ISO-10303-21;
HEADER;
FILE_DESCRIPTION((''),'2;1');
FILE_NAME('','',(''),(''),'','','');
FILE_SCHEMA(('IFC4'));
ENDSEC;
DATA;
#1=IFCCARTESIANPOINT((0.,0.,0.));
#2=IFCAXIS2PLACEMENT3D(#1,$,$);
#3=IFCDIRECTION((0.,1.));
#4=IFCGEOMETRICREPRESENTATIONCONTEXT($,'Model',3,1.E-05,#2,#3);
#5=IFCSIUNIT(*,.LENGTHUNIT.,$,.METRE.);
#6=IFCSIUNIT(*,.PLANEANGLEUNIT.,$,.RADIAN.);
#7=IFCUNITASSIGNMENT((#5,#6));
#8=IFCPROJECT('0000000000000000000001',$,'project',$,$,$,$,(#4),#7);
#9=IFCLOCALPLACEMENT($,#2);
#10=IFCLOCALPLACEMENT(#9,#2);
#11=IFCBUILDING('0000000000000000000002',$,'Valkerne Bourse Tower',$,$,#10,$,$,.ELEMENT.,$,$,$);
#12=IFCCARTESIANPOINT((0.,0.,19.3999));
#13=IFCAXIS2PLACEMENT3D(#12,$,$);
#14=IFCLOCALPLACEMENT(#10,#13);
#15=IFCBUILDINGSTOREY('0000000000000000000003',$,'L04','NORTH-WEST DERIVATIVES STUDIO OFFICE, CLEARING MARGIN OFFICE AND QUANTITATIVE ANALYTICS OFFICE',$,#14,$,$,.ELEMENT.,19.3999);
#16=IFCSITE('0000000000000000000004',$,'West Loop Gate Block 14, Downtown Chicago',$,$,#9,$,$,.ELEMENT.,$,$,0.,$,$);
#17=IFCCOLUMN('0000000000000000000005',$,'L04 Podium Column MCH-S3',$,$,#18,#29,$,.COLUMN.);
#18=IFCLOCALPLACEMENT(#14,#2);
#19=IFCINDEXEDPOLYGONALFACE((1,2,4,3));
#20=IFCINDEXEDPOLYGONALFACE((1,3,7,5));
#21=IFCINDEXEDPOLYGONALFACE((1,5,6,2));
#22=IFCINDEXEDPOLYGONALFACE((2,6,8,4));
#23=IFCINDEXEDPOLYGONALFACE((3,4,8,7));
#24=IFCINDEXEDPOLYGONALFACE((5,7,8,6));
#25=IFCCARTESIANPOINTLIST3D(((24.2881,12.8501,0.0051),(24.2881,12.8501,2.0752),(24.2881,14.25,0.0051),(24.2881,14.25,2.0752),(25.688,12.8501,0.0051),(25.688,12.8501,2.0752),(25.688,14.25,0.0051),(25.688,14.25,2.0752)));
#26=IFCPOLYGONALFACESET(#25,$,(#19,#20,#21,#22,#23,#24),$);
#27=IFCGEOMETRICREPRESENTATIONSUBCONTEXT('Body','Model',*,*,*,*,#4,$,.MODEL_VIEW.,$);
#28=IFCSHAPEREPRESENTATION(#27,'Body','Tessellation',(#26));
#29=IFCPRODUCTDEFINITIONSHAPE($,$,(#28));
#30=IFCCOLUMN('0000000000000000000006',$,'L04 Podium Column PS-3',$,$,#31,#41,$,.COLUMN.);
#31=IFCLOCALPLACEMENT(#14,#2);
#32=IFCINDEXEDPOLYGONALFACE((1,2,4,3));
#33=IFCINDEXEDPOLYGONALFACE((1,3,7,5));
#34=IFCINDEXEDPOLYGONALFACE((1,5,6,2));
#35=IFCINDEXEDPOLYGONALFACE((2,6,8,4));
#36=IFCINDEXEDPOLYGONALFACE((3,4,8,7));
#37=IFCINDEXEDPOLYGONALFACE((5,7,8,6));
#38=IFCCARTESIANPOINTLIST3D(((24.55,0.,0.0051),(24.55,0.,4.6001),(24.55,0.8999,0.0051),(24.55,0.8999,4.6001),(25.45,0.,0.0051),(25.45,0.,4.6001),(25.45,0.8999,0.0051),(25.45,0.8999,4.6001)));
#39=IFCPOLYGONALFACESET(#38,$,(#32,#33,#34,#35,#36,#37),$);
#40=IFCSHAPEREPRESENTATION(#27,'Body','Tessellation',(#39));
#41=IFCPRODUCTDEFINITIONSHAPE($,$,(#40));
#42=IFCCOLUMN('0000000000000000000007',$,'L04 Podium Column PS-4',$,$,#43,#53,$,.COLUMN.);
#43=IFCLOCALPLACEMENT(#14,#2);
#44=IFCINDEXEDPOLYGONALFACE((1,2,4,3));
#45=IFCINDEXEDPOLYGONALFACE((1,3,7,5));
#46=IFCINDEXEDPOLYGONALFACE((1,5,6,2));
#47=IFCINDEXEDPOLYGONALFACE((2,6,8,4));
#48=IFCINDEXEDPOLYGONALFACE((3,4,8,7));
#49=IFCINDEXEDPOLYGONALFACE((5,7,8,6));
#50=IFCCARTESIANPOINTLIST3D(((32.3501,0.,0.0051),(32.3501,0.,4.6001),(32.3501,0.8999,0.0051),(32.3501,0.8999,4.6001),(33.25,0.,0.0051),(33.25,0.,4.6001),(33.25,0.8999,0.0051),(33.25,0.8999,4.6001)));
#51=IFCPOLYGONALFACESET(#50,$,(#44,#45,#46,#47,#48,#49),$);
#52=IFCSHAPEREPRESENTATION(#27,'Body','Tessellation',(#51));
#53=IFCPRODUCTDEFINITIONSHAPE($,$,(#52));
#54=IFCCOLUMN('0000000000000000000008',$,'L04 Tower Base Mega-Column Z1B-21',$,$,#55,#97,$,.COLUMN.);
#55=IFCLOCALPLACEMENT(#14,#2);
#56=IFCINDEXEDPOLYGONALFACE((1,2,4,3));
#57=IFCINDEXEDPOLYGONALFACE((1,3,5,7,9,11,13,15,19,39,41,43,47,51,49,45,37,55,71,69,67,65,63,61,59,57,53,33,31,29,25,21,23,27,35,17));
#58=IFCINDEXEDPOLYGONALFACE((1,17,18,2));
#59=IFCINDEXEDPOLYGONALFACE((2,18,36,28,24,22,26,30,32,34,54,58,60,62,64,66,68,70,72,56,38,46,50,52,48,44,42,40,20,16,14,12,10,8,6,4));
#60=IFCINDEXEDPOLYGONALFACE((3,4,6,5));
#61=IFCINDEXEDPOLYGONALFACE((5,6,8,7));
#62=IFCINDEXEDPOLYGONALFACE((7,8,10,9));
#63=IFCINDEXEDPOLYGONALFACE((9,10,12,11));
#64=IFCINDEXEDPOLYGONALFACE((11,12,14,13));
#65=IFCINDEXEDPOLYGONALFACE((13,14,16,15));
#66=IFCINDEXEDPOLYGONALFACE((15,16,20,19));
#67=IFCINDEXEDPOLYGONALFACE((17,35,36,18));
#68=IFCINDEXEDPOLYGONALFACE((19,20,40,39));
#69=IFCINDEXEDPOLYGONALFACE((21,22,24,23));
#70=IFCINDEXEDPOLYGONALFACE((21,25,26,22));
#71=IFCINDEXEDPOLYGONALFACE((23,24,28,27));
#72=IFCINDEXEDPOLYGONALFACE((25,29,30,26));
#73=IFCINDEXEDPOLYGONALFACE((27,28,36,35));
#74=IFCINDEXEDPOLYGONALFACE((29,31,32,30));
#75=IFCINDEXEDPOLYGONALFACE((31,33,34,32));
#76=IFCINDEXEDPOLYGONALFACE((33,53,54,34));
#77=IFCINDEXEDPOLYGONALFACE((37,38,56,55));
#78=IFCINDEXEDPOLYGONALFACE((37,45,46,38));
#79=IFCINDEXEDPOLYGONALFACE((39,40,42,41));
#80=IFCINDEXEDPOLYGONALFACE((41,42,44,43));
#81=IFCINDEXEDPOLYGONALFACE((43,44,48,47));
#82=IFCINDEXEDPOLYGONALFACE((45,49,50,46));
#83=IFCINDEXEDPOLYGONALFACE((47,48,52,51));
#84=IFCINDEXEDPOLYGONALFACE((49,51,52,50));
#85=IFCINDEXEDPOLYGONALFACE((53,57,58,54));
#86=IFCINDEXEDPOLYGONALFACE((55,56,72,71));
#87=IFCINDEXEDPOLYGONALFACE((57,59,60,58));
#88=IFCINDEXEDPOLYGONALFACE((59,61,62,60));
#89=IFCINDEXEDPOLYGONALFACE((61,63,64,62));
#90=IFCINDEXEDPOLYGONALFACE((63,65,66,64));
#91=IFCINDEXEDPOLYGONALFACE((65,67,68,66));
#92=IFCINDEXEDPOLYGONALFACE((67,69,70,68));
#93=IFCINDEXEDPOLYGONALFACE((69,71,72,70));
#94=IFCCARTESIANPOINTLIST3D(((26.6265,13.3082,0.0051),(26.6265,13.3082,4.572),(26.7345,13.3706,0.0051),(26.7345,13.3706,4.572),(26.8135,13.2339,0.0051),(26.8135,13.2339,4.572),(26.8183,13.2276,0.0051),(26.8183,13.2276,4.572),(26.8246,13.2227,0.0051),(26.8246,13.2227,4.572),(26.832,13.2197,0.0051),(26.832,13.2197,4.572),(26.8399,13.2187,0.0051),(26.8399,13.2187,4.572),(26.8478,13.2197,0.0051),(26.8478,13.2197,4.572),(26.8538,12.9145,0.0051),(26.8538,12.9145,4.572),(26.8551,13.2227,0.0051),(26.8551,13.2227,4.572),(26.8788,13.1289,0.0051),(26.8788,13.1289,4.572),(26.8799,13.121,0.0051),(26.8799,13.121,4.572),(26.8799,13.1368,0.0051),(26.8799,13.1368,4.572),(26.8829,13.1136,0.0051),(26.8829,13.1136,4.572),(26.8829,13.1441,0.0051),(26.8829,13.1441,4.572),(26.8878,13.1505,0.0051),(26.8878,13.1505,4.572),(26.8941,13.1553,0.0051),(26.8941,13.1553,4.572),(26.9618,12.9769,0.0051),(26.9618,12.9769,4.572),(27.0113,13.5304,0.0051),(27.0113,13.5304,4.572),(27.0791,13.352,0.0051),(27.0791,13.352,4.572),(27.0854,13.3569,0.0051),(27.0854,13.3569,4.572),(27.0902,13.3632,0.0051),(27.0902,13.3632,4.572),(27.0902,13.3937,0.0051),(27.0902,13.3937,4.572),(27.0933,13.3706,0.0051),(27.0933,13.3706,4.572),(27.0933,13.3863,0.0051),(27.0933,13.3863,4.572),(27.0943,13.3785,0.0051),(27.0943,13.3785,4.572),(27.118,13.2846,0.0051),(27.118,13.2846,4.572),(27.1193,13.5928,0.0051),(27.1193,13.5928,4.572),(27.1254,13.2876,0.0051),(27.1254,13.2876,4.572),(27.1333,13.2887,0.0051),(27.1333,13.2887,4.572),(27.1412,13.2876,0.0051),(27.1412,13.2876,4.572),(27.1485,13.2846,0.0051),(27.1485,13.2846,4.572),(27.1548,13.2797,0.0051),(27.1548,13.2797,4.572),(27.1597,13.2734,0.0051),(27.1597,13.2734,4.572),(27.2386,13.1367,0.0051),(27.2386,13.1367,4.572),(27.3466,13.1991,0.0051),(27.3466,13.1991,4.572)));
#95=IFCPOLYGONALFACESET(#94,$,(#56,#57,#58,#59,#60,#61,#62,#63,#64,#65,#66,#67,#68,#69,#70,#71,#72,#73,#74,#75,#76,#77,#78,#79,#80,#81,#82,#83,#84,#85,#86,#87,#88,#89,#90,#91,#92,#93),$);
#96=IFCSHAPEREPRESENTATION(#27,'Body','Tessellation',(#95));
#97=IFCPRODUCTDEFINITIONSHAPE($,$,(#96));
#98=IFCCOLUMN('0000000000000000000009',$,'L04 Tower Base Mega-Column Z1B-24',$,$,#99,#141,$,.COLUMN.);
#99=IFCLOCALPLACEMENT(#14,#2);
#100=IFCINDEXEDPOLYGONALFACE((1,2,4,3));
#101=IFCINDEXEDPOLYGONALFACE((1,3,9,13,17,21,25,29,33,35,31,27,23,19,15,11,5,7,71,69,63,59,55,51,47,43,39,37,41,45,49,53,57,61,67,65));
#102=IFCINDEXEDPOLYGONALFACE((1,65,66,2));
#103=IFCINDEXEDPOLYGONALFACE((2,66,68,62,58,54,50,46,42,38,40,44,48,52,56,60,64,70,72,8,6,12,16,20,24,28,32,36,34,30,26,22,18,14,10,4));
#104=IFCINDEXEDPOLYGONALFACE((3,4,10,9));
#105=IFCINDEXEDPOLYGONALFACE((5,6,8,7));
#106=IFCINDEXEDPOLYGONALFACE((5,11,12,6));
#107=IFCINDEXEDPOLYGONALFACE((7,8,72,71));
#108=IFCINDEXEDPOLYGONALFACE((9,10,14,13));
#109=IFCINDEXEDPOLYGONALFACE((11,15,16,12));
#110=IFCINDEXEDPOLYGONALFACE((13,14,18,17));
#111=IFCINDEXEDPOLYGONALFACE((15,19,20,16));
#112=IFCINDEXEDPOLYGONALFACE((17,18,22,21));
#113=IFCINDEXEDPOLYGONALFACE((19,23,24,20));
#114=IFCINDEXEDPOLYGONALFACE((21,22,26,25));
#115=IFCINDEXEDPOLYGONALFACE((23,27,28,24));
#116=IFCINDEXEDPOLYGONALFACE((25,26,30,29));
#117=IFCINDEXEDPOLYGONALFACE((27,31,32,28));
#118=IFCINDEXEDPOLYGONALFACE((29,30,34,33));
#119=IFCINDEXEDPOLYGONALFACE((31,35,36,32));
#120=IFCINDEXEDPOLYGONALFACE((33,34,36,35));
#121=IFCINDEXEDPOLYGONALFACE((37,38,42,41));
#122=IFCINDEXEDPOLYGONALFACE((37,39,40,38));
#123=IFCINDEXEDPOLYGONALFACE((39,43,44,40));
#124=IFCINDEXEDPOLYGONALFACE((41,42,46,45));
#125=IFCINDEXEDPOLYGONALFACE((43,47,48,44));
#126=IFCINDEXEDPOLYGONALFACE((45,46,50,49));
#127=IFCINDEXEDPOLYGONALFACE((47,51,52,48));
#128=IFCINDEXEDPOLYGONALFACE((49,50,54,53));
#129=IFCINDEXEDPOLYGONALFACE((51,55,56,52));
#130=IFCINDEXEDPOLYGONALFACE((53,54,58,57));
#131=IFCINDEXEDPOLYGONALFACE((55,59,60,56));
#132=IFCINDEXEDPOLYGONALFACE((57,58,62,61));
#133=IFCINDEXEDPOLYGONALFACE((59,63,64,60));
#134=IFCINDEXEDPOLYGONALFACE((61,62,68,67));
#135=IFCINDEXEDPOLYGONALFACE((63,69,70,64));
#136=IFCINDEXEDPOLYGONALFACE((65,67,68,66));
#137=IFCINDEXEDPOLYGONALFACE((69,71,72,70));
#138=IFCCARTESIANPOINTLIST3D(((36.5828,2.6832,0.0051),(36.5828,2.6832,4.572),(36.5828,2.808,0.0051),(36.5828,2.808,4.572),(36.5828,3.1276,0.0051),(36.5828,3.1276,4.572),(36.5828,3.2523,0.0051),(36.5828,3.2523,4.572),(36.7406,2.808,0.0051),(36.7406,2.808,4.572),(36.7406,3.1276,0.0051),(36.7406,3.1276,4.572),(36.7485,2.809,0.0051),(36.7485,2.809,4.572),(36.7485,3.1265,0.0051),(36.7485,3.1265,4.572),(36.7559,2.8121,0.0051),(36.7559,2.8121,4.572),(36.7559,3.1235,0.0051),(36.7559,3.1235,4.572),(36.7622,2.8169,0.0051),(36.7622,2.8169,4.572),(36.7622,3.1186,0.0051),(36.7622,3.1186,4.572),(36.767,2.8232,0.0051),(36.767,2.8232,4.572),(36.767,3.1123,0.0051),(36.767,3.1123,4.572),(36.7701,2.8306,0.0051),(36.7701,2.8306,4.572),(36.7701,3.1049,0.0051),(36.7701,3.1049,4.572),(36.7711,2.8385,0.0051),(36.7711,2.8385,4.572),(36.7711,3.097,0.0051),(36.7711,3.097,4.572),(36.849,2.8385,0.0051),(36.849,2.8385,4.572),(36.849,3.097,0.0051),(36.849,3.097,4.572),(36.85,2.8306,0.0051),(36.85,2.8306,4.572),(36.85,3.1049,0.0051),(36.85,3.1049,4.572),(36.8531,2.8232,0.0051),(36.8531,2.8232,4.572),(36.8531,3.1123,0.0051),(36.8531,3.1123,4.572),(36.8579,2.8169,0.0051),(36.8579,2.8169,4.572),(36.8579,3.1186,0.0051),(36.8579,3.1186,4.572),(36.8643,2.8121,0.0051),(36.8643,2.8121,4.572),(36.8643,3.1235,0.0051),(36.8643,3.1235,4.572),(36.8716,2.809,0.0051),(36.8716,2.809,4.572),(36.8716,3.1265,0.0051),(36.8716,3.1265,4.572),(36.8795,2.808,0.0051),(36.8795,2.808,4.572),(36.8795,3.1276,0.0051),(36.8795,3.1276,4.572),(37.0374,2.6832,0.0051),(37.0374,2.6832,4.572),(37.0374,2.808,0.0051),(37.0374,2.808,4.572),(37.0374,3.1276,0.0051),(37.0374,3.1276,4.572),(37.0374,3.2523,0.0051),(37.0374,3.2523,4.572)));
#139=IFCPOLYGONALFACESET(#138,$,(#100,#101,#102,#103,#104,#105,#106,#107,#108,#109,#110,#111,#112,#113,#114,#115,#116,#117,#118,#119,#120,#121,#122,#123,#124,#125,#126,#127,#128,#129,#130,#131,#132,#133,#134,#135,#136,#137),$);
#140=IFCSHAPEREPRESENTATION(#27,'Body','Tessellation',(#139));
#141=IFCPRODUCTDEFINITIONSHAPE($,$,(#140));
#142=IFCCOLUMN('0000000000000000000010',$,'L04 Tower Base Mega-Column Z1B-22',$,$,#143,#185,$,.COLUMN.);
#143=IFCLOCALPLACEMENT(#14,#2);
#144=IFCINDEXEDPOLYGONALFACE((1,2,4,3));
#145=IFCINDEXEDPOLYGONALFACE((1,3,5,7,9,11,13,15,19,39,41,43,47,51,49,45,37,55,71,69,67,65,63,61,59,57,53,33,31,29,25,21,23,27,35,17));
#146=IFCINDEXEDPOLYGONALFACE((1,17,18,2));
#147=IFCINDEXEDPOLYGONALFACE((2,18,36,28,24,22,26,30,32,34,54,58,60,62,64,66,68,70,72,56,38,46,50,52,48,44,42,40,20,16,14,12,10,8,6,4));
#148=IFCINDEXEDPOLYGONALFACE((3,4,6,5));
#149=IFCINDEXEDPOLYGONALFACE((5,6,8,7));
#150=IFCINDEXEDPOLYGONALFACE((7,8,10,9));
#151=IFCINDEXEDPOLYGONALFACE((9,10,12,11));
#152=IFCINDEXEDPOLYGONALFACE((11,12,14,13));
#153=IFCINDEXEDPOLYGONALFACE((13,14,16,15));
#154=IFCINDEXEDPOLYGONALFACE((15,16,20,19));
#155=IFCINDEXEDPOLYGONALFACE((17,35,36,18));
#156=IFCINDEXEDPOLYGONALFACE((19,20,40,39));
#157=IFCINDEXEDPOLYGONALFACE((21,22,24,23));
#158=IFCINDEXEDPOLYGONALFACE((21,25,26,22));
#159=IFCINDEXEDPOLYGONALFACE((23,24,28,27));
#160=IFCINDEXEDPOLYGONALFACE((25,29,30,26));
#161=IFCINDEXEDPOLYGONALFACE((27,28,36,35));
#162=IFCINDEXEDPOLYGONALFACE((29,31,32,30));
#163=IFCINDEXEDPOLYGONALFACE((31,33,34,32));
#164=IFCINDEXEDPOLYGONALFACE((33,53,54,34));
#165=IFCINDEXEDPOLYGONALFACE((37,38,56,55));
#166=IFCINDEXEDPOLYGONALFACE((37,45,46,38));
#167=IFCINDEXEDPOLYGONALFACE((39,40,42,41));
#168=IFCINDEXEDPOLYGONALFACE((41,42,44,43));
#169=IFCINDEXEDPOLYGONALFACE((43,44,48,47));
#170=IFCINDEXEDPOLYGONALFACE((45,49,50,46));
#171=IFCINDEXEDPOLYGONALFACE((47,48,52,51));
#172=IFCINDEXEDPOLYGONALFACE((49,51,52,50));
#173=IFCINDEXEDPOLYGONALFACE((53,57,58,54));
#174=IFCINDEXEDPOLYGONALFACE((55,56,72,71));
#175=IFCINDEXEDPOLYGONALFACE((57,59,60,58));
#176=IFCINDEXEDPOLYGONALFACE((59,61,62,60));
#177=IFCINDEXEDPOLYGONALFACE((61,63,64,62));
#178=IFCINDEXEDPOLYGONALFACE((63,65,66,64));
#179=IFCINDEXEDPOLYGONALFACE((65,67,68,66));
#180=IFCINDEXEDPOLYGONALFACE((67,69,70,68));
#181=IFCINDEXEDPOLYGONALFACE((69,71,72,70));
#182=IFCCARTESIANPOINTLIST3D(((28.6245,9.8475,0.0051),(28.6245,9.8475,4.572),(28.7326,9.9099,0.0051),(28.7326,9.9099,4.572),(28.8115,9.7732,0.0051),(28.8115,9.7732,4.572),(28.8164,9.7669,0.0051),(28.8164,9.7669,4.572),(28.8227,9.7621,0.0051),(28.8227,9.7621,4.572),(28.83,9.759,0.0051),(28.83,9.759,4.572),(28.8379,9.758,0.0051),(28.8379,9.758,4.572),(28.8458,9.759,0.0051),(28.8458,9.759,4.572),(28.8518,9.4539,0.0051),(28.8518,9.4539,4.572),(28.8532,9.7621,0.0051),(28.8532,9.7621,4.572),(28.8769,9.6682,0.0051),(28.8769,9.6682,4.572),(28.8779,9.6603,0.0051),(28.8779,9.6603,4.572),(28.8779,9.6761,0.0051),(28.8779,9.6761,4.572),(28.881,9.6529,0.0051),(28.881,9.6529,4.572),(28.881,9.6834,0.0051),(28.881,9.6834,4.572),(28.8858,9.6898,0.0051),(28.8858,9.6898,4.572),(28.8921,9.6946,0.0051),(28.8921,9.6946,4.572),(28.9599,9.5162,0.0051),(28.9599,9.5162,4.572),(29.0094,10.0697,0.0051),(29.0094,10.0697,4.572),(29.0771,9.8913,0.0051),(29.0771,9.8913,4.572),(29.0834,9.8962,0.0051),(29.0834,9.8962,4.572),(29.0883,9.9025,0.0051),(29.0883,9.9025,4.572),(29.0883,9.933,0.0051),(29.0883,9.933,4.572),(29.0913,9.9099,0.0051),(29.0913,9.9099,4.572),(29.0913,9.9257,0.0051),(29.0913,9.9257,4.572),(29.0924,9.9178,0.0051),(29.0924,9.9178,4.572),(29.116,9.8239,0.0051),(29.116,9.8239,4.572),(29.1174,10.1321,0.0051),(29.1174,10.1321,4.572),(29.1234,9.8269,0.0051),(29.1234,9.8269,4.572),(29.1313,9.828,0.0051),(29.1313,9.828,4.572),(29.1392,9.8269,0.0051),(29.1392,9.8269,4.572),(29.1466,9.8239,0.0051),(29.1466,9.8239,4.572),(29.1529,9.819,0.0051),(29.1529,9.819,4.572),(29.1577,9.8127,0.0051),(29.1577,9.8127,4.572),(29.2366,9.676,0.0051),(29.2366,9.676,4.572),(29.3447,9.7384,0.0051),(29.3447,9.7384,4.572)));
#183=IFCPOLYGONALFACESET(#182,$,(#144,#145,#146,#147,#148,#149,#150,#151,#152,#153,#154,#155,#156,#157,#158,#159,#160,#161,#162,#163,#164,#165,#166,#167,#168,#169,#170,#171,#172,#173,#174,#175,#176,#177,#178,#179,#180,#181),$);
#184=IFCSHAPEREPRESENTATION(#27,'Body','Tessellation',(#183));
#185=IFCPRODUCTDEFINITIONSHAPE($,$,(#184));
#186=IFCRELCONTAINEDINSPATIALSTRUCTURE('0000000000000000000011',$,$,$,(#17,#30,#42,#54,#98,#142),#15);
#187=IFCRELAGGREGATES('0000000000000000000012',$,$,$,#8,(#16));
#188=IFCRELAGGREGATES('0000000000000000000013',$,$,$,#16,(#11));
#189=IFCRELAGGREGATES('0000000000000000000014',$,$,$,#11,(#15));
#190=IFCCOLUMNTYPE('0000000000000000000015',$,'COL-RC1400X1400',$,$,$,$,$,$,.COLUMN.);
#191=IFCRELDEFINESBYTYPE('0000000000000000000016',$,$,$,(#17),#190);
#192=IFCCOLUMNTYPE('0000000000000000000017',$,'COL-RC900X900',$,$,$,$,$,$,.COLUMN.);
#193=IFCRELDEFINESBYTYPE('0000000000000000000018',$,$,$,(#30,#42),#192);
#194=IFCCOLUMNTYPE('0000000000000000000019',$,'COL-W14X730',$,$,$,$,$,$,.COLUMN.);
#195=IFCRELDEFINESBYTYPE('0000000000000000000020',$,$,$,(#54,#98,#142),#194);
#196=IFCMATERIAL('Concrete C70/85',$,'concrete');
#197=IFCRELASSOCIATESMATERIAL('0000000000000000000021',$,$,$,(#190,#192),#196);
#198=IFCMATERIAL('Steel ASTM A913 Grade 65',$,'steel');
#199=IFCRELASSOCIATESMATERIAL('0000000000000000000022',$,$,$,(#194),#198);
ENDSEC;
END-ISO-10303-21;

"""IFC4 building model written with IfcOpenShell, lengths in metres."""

from ifc_helpers import new_model, si_unit, direction, frame, origin, origin_2d, place, context, subcontext, project, spatial, rectangle, i_section, extrude, material, material_profile, profile_set, type_object, element, save


model = new_model("IFC4")

# Units and contexts
model_context = context("Model", 3, precision=1e-05, world=origin(), true_north=direction((0.0, 1.0)))
body_context = subcontext(model_context, "Body", "Model", "MODEL_VIEW")
ifc_project = project(units=[si_unit("LENGTHUNIT", "METRE"), si_unit("PLANEANGLEUNIT", "RADIAN")], contexts=[model_context])

# Site, building, storey
site_placement = place(None, origin())
site = spatial("IfcSite", under=ifc_project, at=site_placement, Name="West Loop Gate Block 14, Downtown Chicago", CompositionType="ELEMENT", RefElevation=0.0)
building_placement = place(site_placement, origin())
building = spatial("IfcBuilding", under=site, at=building_placement, Name="Valkerne Bourse Tower", CompositionType="ELEMENT")
storey_placement = place(building_placement, frame((0.0, 0.0, 19.3999)))
storey = spatial("IfcBuildingStorey", under=building, at=storey_placement, Name="L04", Description="NORTH-WEST DERIVATIVES STUDIO OFFICE, CLEARING MARGIN OFFICE AND QUANTITATIVE ANALYTICS OFFICE", CompositionType="ELEMENT", Elevation=19.3999)

# Columns
ifc_material_1 = material(Name="Concrete C70/85", Category="concrete")
ifc_material_profile_1 = material_profile(ifc_material_1, rectangle(XDim=1.3999, YDim=1.3999, at=origin_2d()), Name="RC1400X1400")
ifc_profile_set_1 = profile_set([ifc_material_profile_1], Name="Concrete C70/85")
column_type_1 = type_object("IfcColumnType", Name="COL-RC1400X1400", PredefinedType="COLUMN", material=ifc_profile_set_1)
column_placement = place(storey_placement, frame((24.988, 13.55, 0.0051), z_axis=(0.0, 0.0, 1.0), x_axis=(1.0, 0.0, 0.0)))
element("IfcColumn", 1, at=column_placement, inside=storey, type_object=column_type_1, Name="L04 Podium Column MCH-S3", PredefinedType="COLUMN", context=body_context, shape_type="SweptSolid", body=[
    extrude(rectangle(XDim=1.3999, YDim=1.3999, at=origin_2d()), origin(), (0.0, 0.0, 1.0), 2.0701),
])
ifc_material_profile_2 = material_profile(ifc_material_1, rectangle(XDim=0.8999, YDim=0.8999, at=origin_2d()), Name="RC900X900")
ifc_profile_set_2 = profile_set([ifc_material_profile_2], Name="Concrete C70/85")
column_type_2 = type_object("IfcColumnType", Name="COL-RC900X900", PredefinedType="COLUMN", material=ifc_profile_set_2)
for number, where, z_axis, x_axis, name in (
    (2, (25.0, 0.45, 0.0051), (0.0, 0.0, 1.0), (1.0, 0.0, 0.0), "L04 Podium Column PS-3"),
    (3, (32.8, 0.45, 0.0051), (0.0, 0.0, 1.0), (1.0, 0.0, 0.0), "L04 Podium Column PS-4"),
):
    element("IfcColumn", number, at=place(storey_placement, frame(where, z_axis=z_axis, x_axis=x_axis)), inside=storey, type_object=column_type_2, Name=name, PredefinedType="COLUMN", context=body_context, shape_type="SweptSolid", body=[
        extrude(rectangle(XDim=0.8999, YDim=0.8999, at=origin_2d()), origin(), (0.0, 0.0, 1.0), 4.595),
    ])
ifc_material_2 = material(Name="Steel ASTM A913 Grade 65", Category="steel")
ifc_material_profile_3 = material_profile(ifc_material_2, i_section(OverallWidth=0.4546, OverallDepth=0.5691, WebThickness=0.0779, FlangeThickness=0.1248, FilletRadius=0.0305, at=origin_2d()), Name="W14X730")
ifc_profile_set_3 = profile_set([ifc_material_profile_3], Name="Steel ASTM A913 Grade 65")
column_type_3 = type_object("IfcColumnType", Name="COL-W14X730", PredefinedType="COLUMN", material=ifc_profile_set_3)
for number, where, z_axis, x_axis, name in (
    (4, (26.9866, 13.2537, 0.0051), (0.0, 0.0, 1.0), (0.5, -0.866025, 0.0), "L04 Tower Base Mega-Column Z1B-21"),
    (5, (36.8101, 2.9678, 0.0051), (0.0, 0.0, 1.0), (1.0, 0.0, 0.0), "L04 Tower Base Mega-Column Z1B-24"),
    (6, (28.9846, 9.793, 0.0051), (0.0, 0.0, 1.0), (0.5, -0.866025, 0.0), "L04 Tower Base Mega-Column Z1B-22"),
):
    element("IfcColumn", number, at=place(storey_placement, frame(where, z_axis=z_axis, x_axis=x_axis)), inside=storey, type_object=column_type_3, Name=name, PredefinedType="COLUMN", context=body_context, shape_type="SweptSolid", body=[
        extrude(i_section(OverallWidth=0.4546, OverallDepth=0.5691, WebThickness=0.0779, FlangeThickness=0.1248, FilletRadius=0.0305, at=origin_2d()), origin(), (0.0, 0.0, 1.0), 4.5669),
    ])

save(model, "model.ifc")
